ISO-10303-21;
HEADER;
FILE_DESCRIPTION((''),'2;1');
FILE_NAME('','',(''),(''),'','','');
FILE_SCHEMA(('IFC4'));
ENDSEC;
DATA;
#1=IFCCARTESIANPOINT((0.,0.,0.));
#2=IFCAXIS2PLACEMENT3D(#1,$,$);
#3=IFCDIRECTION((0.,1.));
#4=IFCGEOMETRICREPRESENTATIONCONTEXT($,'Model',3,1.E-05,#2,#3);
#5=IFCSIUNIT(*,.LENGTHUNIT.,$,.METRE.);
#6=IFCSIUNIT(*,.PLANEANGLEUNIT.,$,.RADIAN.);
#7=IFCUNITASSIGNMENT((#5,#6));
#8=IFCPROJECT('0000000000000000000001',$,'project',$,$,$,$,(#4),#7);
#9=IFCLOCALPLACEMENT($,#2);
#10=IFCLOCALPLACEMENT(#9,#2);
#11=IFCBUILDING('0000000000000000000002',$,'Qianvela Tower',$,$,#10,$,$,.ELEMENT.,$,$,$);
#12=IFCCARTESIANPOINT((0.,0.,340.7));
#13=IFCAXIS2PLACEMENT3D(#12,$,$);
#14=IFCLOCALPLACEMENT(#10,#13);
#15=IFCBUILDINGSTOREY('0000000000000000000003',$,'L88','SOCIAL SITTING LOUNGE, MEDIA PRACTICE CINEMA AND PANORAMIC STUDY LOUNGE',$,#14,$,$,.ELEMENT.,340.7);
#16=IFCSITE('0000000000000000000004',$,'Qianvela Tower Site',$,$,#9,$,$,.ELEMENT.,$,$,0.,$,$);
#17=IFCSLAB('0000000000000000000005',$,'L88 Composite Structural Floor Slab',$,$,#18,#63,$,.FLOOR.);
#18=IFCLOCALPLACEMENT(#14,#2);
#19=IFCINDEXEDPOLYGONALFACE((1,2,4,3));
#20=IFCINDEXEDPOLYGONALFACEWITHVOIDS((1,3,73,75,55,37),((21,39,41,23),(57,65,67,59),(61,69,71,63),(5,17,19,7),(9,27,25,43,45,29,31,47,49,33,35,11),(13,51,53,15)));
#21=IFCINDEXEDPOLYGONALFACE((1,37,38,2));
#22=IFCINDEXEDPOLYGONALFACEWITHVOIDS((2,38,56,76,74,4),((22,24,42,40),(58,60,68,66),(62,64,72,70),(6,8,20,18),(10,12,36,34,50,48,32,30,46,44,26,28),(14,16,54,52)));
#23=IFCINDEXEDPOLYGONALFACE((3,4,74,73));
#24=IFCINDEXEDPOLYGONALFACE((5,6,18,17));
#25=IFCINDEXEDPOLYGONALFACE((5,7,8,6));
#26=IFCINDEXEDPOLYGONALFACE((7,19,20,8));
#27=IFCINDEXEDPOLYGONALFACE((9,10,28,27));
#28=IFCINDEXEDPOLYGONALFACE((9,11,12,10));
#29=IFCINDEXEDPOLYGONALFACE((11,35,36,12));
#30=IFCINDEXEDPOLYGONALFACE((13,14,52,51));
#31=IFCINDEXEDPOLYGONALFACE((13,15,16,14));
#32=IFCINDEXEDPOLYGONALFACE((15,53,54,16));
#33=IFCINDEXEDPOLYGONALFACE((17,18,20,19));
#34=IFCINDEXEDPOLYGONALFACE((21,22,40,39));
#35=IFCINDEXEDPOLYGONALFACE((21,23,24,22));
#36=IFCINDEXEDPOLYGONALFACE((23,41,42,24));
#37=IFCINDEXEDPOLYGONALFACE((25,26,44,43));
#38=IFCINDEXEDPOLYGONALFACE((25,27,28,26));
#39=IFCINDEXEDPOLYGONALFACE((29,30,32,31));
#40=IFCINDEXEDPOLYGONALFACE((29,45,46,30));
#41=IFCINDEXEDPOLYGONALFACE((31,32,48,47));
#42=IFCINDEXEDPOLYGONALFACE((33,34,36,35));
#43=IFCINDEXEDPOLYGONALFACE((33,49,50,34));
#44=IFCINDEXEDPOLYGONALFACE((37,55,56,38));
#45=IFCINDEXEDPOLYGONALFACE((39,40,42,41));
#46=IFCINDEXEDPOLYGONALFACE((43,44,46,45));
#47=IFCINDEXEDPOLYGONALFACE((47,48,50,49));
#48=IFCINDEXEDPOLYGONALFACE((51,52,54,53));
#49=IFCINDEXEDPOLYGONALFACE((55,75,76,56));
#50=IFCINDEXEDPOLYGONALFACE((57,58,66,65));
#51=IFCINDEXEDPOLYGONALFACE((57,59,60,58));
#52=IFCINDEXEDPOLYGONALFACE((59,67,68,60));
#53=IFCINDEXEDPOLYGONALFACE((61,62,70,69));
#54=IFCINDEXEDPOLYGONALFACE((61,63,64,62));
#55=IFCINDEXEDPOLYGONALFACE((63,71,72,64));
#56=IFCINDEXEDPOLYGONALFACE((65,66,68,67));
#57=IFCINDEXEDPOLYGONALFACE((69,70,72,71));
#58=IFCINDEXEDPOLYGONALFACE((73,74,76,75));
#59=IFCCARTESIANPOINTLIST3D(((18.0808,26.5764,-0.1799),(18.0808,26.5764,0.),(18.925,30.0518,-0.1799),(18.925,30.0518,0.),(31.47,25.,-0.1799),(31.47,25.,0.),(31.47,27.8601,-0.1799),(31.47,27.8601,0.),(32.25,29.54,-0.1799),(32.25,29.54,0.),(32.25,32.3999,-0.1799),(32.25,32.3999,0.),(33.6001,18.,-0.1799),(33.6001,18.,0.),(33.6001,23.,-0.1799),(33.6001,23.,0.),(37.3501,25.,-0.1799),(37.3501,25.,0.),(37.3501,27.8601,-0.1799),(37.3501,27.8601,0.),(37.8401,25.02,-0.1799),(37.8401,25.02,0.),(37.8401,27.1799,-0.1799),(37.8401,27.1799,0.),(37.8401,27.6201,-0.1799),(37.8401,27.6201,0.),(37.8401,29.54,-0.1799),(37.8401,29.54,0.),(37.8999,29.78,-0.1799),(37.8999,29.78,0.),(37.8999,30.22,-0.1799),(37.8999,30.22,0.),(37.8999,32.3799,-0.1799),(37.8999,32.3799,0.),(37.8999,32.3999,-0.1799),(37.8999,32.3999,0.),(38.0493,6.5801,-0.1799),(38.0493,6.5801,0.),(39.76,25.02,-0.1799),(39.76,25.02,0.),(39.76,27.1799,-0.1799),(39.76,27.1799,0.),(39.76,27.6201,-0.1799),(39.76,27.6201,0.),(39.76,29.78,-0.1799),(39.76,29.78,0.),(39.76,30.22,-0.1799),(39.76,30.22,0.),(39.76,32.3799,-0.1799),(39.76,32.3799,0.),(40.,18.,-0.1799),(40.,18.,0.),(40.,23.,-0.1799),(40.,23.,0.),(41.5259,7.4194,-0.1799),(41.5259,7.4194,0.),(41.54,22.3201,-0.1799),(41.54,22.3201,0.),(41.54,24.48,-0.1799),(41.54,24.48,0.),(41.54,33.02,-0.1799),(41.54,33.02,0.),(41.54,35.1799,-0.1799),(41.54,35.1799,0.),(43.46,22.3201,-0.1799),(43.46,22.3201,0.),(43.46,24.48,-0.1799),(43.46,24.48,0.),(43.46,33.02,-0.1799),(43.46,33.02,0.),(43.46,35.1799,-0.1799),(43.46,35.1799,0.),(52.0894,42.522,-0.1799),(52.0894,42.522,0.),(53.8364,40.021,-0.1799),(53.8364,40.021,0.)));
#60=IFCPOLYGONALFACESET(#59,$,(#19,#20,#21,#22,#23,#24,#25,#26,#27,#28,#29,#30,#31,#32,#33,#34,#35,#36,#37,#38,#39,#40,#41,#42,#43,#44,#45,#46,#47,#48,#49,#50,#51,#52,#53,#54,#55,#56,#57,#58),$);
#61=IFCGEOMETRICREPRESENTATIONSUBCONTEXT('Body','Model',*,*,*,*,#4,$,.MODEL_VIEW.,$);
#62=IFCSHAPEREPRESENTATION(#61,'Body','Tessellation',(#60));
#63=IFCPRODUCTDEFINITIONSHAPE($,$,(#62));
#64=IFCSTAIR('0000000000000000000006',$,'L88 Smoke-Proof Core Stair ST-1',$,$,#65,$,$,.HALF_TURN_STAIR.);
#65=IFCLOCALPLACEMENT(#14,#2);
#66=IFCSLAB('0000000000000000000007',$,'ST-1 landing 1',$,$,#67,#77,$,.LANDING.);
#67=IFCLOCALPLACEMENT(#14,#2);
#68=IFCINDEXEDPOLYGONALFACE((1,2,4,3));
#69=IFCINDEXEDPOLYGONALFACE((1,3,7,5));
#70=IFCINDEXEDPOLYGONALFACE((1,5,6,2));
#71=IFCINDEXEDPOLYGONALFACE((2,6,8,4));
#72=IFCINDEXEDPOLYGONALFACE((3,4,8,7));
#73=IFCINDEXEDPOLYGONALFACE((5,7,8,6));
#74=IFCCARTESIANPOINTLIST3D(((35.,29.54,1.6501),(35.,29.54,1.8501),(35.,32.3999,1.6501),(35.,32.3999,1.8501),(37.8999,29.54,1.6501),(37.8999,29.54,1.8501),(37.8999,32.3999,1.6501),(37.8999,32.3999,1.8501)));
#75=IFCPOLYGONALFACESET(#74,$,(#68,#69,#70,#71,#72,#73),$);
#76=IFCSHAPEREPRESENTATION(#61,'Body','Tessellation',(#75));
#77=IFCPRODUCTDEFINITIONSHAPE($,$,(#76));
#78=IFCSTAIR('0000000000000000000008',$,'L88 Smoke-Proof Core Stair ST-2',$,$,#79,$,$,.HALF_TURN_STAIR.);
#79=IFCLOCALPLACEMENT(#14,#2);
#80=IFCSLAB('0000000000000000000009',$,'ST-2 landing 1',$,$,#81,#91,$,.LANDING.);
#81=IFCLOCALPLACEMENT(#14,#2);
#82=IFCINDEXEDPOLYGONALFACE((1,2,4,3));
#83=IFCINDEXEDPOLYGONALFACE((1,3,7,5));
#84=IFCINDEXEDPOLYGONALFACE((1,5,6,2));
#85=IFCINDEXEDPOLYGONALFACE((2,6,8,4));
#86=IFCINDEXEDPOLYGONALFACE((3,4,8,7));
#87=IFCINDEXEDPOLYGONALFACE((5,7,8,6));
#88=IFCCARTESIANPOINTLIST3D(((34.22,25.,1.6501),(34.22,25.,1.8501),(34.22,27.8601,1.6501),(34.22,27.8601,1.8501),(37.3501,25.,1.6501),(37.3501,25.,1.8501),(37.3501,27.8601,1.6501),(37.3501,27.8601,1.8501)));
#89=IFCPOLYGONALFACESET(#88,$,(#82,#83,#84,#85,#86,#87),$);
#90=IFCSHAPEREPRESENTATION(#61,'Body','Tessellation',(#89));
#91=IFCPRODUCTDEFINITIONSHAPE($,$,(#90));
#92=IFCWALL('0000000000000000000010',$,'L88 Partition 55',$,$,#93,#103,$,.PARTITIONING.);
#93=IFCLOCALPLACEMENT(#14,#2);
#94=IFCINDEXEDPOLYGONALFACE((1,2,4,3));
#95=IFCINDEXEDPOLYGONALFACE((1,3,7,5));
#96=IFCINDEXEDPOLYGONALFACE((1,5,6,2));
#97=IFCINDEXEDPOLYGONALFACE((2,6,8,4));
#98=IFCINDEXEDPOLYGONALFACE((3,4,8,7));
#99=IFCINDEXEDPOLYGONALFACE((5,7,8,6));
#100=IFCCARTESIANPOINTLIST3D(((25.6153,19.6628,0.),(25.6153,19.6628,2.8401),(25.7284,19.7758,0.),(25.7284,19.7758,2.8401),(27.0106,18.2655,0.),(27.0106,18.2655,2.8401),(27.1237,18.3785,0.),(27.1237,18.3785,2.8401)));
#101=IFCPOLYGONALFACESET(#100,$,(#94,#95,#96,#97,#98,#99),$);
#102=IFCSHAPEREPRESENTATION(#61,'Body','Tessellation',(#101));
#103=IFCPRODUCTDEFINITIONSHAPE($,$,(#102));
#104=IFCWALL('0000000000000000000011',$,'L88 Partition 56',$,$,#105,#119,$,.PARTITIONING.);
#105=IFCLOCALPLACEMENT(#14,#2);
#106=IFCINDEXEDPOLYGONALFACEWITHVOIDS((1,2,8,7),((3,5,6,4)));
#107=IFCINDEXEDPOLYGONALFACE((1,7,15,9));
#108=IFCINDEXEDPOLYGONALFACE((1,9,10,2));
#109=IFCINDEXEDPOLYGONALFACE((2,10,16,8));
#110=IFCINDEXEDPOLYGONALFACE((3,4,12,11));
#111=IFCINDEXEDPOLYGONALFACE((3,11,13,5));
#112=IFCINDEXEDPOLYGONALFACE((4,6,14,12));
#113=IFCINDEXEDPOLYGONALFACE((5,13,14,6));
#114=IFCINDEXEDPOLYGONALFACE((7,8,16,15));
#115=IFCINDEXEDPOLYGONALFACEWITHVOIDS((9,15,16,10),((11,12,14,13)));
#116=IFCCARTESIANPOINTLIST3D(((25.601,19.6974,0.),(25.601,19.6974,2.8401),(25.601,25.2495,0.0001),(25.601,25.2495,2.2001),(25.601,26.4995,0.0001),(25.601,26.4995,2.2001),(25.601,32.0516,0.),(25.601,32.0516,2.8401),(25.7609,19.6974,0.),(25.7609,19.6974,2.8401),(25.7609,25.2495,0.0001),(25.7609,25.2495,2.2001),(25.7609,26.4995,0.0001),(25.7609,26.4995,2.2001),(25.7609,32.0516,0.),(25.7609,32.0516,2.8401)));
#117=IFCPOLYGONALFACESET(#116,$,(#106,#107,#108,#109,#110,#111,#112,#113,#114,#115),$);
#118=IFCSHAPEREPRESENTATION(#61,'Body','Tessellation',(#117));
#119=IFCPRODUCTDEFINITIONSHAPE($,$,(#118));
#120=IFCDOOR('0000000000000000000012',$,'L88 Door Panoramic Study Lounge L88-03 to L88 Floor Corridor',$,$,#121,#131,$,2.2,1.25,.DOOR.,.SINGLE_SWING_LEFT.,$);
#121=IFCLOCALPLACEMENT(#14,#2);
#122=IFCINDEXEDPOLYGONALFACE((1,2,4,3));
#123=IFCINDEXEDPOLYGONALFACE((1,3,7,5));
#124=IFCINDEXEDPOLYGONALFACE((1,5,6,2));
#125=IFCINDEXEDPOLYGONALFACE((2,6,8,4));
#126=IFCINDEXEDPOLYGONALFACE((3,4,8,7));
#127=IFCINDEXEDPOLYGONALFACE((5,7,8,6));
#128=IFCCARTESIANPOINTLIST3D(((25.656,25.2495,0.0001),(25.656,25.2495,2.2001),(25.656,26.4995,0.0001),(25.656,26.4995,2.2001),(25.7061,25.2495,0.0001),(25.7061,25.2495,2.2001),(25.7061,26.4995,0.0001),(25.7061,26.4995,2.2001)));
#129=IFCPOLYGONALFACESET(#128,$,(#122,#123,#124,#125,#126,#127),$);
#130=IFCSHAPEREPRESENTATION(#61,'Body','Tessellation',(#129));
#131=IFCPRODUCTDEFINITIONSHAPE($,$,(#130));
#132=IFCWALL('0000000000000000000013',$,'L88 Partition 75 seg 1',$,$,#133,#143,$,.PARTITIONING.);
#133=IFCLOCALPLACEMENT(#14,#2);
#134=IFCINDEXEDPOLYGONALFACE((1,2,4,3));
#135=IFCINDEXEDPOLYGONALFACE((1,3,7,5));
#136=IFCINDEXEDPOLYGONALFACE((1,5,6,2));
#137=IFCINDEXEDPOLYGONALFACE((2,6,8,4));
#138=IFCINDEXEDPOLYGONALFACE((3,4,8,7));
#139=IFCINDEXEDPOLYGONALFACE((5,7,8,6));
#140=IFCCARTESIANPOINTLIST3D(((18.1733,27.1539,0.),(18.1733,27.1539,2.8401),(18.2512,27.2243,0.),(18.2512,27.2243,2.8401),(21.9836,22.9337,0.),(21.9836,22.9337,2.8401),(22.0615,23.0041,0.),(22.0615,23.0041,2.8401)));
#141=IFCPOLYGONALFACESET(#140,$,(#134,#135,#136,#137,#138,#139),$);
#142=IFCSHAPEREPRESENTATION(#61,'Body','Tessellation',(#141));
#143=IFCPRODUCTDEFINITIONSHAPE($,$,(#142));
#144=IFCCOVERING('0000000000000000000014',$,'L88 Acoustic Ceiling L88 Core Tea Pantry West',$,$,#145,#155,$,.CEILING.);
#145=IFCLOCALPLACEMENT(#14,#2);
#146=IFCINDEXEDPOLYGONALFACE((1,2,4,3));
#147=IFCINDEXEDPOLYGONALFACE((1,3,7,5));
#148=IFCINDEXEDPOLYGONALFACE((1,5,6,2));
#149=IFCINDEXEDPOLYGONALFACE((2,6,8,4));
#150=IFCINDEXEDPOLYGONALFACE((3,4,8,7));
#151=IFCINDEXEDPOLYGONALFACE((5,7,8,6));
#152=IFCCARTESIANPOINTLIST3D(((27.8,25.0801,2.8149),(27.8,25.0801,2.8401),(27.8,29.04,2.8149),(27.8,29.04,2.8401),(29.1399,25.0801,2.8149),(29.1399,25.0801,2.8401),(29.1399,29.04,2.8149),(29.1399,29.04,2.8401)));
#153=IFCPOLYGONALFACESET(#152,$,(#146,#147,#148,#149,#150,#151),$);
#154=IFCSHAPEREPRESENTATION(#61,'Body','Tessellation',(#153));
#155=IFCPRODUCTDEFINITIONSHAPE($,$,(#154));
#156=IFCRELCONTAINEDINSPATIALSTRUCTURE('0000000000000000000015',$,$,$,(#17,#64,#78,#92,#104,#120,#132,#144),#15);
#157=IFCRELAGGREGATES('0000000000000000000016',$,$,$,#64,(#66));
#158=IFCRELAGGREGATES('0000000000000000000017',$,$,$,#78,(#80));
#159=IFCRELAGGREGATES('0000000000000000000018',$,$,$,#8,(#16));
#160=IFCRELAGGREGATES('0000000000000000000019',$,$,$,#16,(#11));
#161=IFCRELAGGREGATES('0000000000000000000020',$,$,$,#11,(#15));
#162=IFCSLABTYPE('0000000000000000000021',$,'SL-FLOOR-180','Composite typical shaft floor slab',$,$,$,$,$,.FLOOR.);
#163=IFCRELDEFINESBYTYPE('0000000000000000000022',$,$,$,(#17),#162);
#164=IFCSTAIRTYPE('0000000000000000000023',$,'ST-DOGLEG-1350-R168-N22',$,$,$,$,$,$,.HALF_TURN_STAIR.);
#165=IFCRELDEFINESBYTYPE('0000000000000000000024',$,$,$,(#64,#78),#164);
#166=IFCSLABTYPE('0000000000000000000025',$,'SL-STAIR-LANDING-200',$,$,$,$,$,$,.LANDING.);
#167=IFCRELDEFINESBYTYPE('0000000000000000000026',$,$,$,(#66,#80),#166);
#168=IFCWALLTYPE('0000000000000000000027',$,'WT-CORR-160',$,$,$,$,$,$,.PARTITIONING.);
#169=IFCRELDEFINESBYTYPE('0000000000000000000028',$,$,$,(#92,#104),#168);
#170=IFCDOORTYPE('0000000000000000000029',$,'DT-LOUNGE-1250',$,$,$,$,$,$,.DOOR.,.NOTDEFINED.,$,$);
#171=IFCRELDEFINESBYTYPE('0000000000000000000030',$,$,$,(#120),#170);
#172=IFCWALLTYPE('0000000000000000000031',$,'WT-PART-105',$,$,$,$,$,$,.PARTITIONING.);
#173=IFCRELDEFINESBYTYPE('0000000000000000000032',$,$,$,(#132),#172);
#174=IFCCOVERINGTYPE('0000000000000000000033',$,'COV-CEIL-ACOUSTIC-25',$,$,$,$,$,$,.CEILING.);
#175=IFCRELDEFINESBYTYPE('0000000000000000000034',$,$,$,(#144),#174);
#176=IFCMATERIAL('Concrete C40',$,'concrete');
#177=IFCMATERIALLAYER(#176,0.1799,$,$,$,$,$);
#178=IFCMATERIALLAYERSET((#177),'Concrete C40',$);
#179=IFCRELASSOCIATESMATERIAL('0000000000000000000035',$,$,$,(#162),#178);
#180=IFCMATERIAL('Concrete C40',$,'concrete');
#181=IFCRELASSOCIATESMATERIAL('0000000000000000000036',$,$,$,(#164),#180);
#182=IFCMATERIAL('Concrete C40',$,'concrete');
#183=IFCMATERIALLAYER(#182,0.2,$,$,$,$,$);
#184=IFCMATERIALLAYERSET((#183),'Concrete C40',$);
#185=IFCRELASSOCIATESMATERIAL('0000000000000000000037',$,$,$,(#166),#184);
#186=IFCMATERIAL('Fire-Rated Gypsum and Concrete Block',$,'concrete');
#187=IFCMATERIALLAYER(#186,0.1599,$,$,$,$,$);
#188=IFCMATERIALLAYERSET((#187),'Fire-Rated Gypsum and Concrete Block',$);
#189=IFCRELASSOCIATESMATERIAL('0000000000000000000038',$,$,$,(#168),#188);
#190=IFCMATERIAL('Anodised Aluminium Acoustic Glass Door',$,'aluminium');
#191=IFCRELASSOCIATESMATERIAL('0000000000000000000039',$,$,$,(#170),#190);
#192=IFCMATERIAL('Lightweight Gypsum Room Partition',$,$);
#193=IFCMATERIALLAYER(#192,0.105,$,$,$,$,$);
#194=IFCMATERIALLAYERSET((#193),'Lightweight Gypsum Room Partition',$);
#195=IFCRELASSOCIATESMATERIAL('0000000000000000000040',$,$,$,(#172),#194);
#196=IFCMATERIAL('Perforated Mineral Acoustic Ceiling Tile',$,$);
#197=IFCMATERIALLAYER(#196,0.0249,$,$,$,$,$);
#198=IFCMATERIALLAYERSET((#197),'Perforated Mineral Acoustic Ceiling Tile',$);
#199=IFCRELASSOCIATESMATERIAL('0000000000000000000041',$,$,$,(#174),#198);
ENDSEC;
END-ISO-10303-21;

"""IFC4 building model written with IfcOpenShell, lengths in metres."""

from ifc_helpers import new_model, si_unit, direction, frame, frame_2d, origin, place, context, subcontext, project, spatial, polyline, rectangle, outline, extrude, material, layer, layer_set, type_object, element, fill, aggregate, save


model = new_model("IFC4")

# Units and contexts
model_context = context("Model", 3, precision=1e-05, world=origin(), true_north=direction((0.0, 1.0)))
body_context = subcontext(model_context, "Body", "Model", "MODEL_VIEW")
ifc_project = project(units=[si_unit("LENGTHUNIT", "METRE"), si_unit("PLANEANGLEUNIT", "RADIAN")], contexts=[model_context])

# Site, building, storey
site_placement = place(None, origin())
site = spatial("IfcSite", under=ifc_project, at=site_placement, Name="Qianvela Tower Site", CompositionType="ELEMENT", RefElevation=0.0)
building_placement = place(site_placement, origin())
building = spatial("IfcBuilding", under=site, at=building_placement, Name="Qianvela Tower", CompositionType="ELEMENT")
storey_placement = place(building_placement, frame((0.0, 0.0, 340.7)))
storey = spatial("IfcBuildingStorey", under=building, at=storey_placement, Name="L88", Description="SOCIAL SITTING LOUNGE, MEDIA PRACTICE CINEMA AND PANORAMIC STUDY LOUNGE", CompositionType="ELEMENT", Elevation=340.7)

# Slab
ifc_material_1 = material(Name="Concrete C40", Category="concrete")
ifc_layer_1 = layer(ifc_material_1, 0.1799)
ifc_layer_set_1 = layer_set([ifc_layer_1], Name="Concrete C40")
slab_type_1 = type_object("IfcSlabType", Name="SL-FLOOR-180", Description="Composite typical shaft floor slab", PredefinedType="FLOOR", material=ifc_layer_set_1)
slab_1_placement = place(storey_placement, frame((0.0, 0.0, -0.1799)))
element("IfcSlab", 1, at=slab_1_placement, inside=storey, type_object=slab_type_1, Name="L88 Composite Structural Floor Slab", PredefinedType="FLOOR", context=body_context, shape_type="SweptSolid", body=[
    extrude(outline(polyline([(53.8364, 40.021), (52.0894, 42.522), (18.925, 30.0518), (18.0808, 26.5764), (38.0493, 6.5801), (41.5259, 7.4194), (53.8364, 40.021)]), holes=[polyline([(40.0, 23.0), (33.6001, 23.0), (33.6001, 18.0), (40.0, 18.0), (40.0, 23.0)]), polyline([(43.46, 24.48), (41.54, 24.48), (41.54, 22.3201), (43.46, 22.3201), (43.46, 24.48)]), polyline([(39.76, 27.1799), (37.8401, 27.1799), (37.8401, 25.02), (39.76, 25.02), (39.76, 27.1799)]), polyline([(37.3501, 27.8601), (31.47, 27.8601), (31.47, 25.0), (37.3501, 25.0), (37.3501, 27.8601)]), polyline([(39.76, 27.6201), (39.76, 29.78), (37.8999, 29.78), (37.8999, 30.22), (39.76, 30.22), (39.76, 32.3799), (37.8999, 32.3799), (37.8999, 32.3999), (32.25, 32.3999), (32.25, 29.54), (37.8401, 29.54), (37.8401, 27.6201), (39.76, 27.6201)]), polyline([(43.46, 35.1799), (41.54, 35.1799), (41.54, 33.02), (43.46, 33.02), (43.46, 35.1799)])]), origin(), (0.0, 0.0, 1.0), 0.1799),
])

# Stairs, slabs
ifc_material_2 = material(Name="Concrete C40", Category="concrete")
stair_type = type_object("IfcStairType", Name="ST-DOGLEG-1350-R168-N22", PredefinedType="HALF_TURN_STAIR", material=ifc_material_2)
stair_1_placement = place(storey_placement, origin())
stair_1 = element("IfcStair", 2, at=stair_1_placement, inside=storey, type_object=stair_type, Name="L88 Smoke-Proof Core Stair ST-1", PredefinedType="HALF_TURN_STAIR")
ifc_material_3 = material(Name="Concrete C40", Category="concrete")
ifc_layer_2 = layer(ifc_material_3, 0.2)
ifc_layer_set_2 = layer_set([ifc_layer_2], Name="Concrete C40")
slab_type_2 = type_object("IfcSlabType", Name="SL-STAIR-LANDING-200", PredefinedType="LANDING", material=ifc_layer_set_2)
slab_2_placement = place(storey_placement, frame((0.0, 0.0, 1.6501)))
slab_2 = element("IfcSlab", 3, at=slab_2_placement, type_object=slab_type_2, Name="ST-1 landing 1", PredefinedType="LANDING", context=body_context, shape_type="SweptSolid", body=[
    extrude(outline(polyline([(35.0, 29.54), (37.8999, 29.54), (37.8999, 32.3999), (35.0, 32.3999), (35.0, 29.54)])), origin(), (0.0, 0.0, 1.0), 0.2),
])
aggregate(stair_1, [slab_2])
stair_2_placement = place(storey_placement, origin())
stair_2 = element("IfcStair", 4, at=stair_2_placement, inside=storey, type_object=stair_type, Name="L88 Smoke-Proof Core Stair ST-2", PredefinedType="HALF_TURN_STAIR")
slab_3_placement = place(storey_placement, frame((0.0, 0.0, 1.6501)))
slab_3 = element("IfcSlab", 5, at=slab_3_placement, type_object=slab_type_2, Name="ST-2 landing 1", PredefinedType="LANDING", context=body_context, shape_type="SweptSolid", body=[
    extrude(outline(polyline([(34.22, 25.0), (37.3501, 25.0), (37.3501, 27.8601), (34.22, 27.8601), (34.22, 25.0)])), origin(), (0.0, 0.0, 1.0), 0.2),
])
aggregate(stair_2, [slab_3])

# Wall
ifc_material_4 = material(Name="Fire-Rated Gypsum and Concrete Block", Category="concrete")
ifc_layer_3 = layer(ifc_material_4, 0.1599)
ifc_layer_set_3 = layer_set([ifc_layer_3], Name="Fire-Rated Gypsum and Concrete Block")
wall_type_1 = type_object("IfcWallType", Name="WT-CORR-160", PredefinedType="PARTITIONING", material=ifc_layer_set_3)
wall_1_placement = place(storey_placement, frame((27.0671, 18.322, 0.0), z_axis=(0.0, 0.0, 1.0), x_axis=(-0.706612, 0.707601, 0.0)))
element("IfcWall", 6, at=wall_1_placement, inside=storey, type_object=wall_type_1, Name="L88 Partition 55", PredefinedType="PARTITIONING", context=body_context, shape_type="SweptSolid", body=[
    extrude(rectangle(XDim=1.9746, YDim=0.1599, at=frame_2d((0.9873, 0.0))), origin(), (0.0, 0.0, 1.0), 2.8401),
])

# Wall, opening, door
wall_2_placement = place(storey_placement, frame((25.6809, 19.6973, 0.0), z_axis=(0.0, 0.0, 1.0), x_axis=(0.0, 1.0, 0.0)))
wall_2 = element("IfcWall", 7, at=wall_2_placement, inside=storey, type_object=wall_type_1, Name="L88 Partition 56", PredefinedType="PARTITIONING", context=body_context, shape_type="SweptSolid", body=[
    extrude(rectangle(XDim=12.3542, YDim=0.1599, at=frame_2d((6.1772, 0.0))), origin(), (0.0, 0.0, 1.0), 2.8401),
])
opening_placement = place(wall_2_placement, frame((5.5522, 0.0, 0.0)))
opening = element("IfcOpeningElement", 8, at=opening_placement, cuts=wall_2, PredefinedType="OPENING", context=body_context, shape_type="SweptSolid", body=[
    extrude(rectangle(XDim=1.25, YDim=2.2, at=frame_2d((0.625, 1.1001))), frame((0.0, 0.0898, 0.0), z_axis=(0.0, -1.0, 0.0), x_axis=(1.0, 0.0, 0.0)), (0.0, 0.0, 1.0), 0.1799),
])
ifc_material_5 = material(Name="Anodised Aluminium Acoustic Glass Door", Category="aluminium")
door_type = type_object("IfcDoorType", Name="DT-LOUNGE-1250", OperationType="NOTDEFINED", PredefinedType="DOOR", material=ifc_material_5)
door_placement = place(opening_placement, origin())
door = element("IfcDoor", 9, at=door_placement, inside=storey, type_object=door_type, Name="L88 Door Panoramic Study Lounge L88-03 to L88 Floor Corridor", OperationType="SINGLE_SWING_LEFT", OverallHeight=2.2, OverallWidth=1.25, PredefinedType="DOOR", context=body_context, shape_type="SweptSolid", body=[
    extrude(rectangle(XDim=1.25, YDim=2.2, at=frame_2d((0.625, 1.1001))), frame((0.0, 0.0249, 0.0), z_axis=(0.0, -1.0, 0.0), x_axis=(1.0, 0.0, 0.0)), (0.0, 0.0, 1.0), 0.05),
])
fill(opening, door)

# Wall
ifc_material_6 = material(Name="Lightweight Gypsum Room Partition")
ifc_layer_4 = layer(ifc_material_6, 0.105)
ifc_layer_set_4 = layer_set([ifc_layer_4], Name="Lightweight Gypsum Room Partition")
wall_type_2 = type_object("IfcWallType", Name="WT-PART-105", PredefinedType="PARTITIONING", material=ifc_layer_set_4)
wall_3_placement = place(storey_placement, frame((22.0225, 22.969, 0.0), z_axis=(0.0, 0.0, 1.0), x_axis=(-0.670141, 0.742234, 0.0)))
element("IfcWall", 10, at=wall_3_placement, inside=storey, type_object=wall_type_2, Name="L88 Partition 75 seg 1", PredefinedType="PARTITIONING", context=body_context, shape_type="SweptSolid", body=[
    extrude(rectangle(XDim=5.6858, YDim=0.105, at=frame_2d((2.8428, 0.0))), origin(), (0.0, 0.0, 1.0), 2.8401),
])

# Covering
ifc_material_7 = material(Name="Perforated Mineral Acoustic Ceiling Tile")
ifc_layer_5 = layer(ifc_material_7, 0.0249)
ifc_layer_set_5 = layer_set([ifc_layer_5], Name="Perforated Mineral Acoustic Ceiling Tile")
covering_type_1 = type_object("IfcCoveringType", Name="COV-CEIL-ACOUSTIC-25", PredefinedType="CEILING", material=ifc_layer_set_5)
covering_1_placement = place(storey_placement, frame((0.0, 0.0, 2.8149)))
element("IfcCovering", 11, at=covering_1_placement, inside=storey, type_object=covering_type_1, Name="L88 Acoustic Ceiling L88 Core Tea Pantry West", PredefinedType="CEILING", context=body_context, shape_type="SweptSolid", body=[
    extrude(outline(polyline([(27.8, 25.0801), (27.8, 29.04), (29.1399, 29.04), (29.1399, 25.0801), (27.8, 25.0801)])), origin(), (0.0, 0.0, 1.0), 0.0251),
])

save(model, "model.ifc")
